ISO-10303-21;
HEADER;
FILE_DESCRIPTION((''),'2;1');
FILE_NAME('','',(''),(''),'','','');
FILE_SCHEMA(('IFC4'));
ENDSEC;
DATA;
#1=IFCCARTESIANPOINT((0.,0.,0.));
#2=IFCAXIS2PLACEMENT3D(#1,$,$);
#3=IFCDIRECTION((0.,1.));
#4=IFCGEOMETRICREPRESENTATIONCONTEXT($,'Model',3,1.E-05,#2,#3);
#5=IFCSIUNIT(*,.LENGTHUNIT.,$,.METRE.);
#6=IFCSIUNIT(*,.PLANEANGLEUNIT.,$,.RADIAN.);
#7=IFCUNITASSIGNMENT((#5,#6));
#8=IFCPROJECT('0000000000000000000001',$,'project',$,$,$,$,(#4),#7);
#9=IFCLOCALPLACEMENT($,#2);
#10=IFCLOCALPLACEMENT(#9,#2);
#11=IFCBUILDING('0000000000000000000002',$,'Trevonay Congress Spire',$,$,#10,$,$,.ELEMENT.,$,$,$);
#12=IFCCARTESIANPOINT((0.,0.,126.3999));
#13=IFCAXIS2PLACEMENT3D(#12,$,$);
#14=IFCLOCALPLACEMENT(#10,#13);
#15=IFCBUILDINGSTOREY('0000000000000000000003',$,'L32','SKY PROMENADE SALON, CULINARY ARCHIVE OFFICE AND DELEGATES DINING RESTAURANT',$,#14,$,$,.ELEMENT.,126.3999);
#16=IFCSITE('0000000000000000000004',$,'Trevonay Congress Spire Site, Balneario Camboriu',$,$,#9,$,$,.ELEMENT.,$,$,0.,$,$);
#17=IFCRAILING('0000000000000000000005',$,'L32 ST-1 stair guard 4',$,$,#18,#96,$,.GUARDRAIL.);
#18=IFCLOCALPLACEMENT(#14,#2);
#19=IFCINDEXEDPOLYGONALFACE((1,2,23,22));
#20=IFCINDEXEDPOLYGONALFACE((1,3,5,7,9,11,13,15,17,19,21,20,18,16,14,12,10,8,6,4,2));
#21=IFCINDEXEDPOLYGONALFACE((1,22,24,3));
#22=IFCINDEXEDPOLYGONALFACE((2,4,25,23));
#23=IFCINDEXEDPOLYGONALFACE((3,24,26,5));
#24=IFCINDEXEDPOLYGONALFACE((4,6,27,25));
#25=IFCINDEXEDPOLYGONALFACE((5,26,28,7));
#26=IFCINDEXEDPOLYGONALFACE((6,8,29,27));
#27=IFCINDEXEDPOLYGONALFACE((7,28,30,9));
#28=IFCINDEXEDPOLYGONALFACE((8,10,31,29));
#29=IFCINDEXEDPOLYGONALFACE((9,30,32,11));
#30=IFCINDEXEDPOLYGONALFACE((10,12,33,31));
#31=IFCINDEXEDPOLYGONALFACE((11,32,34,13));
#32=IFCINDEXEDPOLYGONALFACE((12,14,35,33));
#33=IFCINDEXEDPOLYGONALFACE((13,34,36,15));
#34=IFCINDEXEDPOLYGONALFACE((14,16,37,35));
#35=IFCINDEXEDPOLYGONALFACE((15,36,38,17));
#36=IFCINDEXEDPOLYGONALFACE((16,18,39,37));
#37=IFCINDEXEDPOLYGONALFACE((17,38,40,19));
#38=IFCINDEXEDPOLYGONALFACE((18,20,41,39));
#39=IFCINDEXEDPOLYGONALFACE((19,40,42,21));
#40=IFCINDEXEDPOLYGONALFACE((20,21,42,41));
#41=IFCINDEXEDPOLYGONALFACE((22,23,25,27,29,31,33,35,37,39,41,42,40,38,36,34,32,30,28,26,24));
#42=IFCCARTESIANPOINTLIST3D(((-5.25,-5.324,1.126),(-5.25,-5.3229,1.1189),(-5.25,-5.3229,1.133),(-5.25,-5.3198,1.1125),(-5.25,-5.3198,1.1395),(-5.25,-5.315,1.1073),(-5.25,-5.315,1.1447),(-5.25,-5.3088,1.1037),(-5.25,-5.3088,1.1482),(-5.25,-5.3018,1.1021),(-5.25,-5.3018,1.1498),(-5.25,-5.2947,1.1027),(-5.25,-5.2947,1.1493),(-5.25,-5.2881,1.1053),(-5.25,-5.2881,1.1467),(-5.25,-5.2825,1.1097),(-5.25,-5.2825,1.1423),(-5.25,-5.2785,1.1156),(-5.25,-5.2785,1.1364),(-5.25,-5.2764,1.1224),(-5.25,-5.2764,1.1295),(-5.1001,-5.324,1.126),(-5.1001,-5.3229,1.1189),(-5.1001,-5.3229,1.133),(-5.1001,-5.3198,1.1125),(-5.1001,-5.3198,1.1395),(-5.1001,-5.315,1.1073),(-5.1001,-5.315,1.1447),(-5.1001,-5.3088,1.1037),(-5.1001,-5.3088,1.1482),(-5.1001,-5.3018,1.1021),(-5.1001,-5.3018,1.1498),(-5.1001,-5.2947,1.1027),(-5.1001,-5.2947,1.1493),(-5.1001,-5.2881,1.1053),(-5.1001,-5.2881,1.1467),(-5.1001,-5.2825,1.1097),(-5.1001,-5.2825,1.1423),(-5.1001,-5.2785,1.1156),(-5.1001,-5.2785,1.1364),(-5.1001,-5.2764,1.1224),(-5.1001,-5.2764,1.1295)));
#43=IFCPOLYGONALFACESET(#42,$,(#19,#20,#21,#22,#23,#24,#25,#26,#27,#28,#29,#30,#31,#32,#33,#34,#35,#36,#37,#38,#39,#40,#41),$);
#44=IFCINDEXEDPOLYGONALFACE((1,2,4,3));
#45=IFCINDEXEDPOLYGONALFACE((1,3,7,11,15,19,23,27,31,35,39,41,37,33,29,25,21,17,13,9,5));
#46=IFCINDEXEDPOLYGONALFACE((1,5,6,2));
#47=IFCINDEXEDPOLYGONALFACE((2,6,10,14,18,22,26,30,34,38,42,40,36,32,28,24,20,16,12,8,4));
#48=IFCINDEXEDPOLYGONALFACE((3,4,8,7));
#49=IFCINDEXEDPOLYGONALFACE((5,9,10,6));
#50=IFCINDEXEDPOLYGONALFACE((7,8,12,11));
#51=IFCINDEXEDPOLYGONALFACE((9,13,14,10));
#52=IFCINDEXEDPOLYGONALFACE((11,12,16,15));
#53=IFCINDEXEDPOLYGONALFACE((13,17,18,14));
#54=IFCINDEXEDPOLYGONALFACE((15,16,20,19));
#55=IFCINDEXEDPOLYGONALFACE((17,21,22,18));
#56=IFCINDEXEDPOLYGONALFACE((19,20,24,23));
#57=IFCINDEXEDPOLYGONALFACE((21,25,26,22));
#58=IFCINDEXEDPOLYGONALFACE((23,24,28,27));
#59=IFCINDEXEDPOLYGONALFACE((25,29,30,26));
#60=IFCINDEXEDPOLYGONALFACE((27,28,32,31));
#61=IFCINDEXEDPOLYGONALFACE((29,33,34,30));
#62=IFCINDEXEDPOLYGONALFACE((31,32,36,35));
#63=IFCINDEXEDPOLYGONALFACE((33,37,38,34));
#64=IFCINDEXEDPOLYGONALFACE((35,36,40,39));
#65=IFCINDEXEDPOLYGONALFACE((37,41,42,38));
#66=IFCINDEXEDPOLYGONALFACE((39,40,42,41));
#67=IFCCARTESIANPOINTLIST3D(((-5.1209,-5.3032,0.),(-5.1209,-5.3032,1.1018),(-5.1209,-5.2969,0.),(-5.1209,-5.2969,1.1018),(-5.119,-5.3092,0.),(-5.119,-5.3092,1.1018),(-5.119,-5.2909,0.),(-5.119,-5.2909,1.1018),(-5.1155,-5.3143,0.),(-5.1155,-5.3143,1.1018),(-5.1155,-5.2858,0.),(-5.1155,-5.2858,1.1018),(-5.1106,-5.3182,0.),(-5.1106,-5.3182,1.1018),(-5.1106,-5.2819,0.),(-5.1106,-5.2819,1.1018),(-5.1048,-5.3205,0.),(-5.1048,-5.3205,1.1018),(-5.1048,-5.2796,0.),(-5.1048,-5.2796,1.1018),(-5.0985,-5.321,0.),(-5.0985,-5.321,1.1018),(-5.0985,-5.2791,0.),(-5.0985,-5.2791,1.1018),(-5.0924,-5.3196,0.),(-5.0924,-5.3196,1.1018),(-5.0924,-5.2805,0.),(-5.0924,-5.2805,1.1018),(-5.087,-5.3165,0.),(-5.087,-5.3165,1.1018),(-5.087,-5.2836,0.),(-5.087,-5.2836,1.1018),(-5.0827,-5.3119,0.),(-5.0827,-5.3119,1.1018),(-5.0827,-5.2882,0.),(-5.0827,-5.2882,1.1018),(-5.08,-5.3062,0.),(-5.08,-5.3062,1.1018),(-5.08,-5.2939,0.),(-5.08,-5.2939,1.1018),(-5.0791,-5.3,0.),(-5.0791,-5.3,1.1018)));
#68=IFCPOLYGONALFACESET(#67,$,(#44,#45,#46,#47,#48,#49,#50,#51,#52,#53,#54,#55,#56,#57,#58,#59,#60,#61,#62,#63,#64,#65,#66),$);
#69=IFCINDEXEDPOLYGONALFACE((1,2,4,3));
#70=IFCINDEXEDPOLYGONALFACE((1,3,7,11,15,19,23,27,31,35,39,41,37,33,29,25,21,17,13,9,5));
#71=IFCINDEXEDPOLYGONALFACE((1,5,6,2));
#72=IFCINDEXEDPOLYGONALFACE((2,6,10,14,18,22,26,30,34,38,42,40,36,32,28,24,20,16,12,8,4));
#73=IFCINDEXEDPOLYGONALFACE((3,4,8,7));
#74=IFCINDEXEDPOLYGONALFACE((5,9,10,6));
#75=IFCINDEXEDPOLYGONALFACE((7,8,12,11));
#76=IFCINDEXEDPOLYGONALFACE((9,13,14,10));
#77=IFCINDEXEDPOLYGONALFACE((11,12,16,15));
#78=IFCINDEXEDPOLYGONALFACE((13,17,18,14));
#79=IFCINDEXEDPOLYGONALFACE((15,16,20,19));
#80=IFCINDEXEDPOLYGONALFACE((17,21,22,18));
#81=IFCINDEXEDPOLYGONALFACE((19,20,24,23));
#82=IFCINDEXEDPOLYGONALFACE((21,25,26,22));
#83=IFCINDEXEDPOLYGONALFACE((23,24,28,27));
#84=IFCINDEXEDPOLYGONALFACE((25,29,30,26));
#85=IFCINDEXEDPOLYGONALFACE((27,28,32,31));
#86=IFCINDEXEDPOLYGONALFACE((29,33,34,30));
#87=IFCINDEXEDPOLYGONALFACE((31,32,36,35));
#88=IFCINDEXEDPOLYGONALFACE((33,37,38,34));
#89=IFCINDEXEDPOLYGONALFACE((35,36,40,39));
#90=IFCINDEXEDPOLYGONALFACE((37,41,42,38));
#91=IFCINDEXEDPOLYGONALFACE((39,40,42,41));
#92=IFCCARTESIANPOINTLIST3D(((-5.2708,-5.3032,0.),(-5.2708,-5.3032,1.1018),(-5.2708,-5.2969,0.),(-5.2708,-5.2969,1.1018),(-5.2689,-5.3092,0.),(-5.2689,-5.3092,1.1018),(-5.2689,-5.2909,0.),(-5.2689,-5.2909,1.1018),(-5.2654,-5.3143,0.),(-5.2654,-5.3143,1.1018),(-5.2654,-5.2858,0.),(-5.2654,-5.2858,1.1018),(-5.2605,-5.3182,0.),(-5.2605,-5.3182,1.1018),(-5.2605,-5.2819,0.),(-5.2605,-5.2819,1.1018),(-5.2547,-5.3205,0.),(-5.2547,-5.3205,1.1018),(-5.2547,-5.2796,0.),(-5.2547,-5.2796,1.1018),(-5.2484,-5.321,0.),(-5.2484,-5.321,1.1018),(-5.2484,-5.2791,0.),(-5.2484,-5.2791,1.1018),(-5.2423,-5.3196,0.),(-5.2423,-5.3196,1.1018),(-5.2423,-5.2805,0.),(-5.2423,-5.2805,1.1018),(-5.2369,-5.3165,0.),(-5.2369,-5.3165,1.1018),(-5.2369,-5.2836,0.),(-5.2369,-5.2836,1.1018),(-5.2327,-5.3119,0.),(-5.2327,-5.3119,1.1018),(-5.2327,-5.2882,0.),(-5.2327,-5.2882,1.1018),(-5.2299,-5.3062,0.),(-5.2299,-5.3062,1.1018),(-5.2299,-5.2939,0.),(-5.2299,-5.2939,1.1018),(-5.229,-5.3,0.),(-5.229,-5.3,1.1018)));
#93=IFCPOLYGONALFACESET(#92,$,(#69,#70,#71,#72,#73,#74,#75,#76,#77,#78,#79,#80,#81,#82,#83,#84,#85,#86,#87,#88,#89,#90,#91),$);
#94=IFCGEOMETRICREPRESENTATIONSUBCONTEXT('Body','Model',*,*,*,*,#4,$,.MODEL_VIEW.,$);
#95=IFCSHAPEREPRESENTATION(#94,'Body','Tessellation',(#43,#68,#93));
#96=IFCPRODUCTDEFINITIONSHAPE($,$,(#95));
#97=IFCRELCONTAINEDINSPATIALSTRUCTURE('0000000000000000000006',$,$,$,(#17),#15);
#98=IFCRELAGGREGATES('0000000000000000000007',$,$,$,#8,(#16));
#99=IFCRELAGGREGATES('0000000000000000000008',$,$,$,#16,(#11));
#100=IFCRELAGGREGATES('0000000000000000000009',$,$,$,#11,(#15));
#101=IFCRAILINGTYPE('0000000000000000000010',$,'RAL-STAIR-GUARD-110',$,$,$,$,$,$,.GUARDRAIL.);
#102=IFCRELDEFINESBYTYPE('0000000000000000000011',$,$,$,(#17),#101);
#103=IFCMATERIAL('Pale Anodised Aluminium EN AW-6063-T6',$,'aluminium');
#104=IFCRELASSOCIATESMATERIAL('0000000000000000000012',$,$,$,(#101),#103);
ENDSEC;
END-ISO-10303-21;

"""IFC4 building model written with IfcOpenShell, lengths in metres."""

from ifc_helpers import new_model, si_unit, direction, frame, origin, origin_2d, place, context, subcontext, project, spatial, circle, extrude, material, type_object, element, save


model = new_model("IFC4")

# Units and contexts
model_context = context("Model", 3, precision=1e-05, world=origin(), true_north=direction((0.0, 1.0)))
body_context = subcontext(model_context, "Body", "Model", "MODEL_VIEW")
ifc_project = project(units=[si_unit("LENGTHUNIT", "METRE"), si_unit("PLANEANGLEUNIT", "RADIAN")], contexts=[model_context])

# Site, building, storey
site_placement = place(None, origin())
site = spatial("IfcSite", under=ifc_project, at=site_placement, Name="Trevonay Congress Spire Site, Balneario Camboriu", CompositionType="ELEMENT", RefElevation=0.0)
building_placement = place(site_placement, origin())
building = spatial("IfcBuilding", under=site, at=building_placement, Name="Trevonay Congress Spire", CompositionType="ELEMENT")
storey_placement = place(building_placement, frame((0.0, 0.0, 126.3999)))
storey = spatial("IfcBuildingStorey", under=building, at=storey_placement, Name="L32", Description="SKY PROMENADE SALON, CULINARY ARCHIVE OFFICE AND DELEGATES DINING RESTAURANT", CompositionType="ELEMENT", Elevation=126.3999)

# Shared definitions
ifc_material_1 = material(Name="Pale Anodised Aluminium EN AW-6063-T6", Category="aluminium")

# Railing
railing_type_1 = type_object("IfcRailingType", Name="RAL-STAIR-GUARD-110", PredefinedType="GUARDRAIL", material=ifc_material_1)
railing_1_placement = place(storey_placement, frame((-5.1001, -5.3, 0.0)))
element("IfcRailing", 1, at=railing_1_placement, inside=storey, type_object=railing_type_1, Name="L32 ST-1 stair guard 4", PredefinedType="GUARDRAIL", context=body_context, shape_type="SweptSolid", body=[
    extrude(circle(Radius=0.0239, at=origin_2d()), frame((0.0, 0.0, 1.126), z_axis=(-1.0, 0.0, 0.0), x_axis=(0.0, -1.0, 0.0)), (0.0, 0.0, 1.0), 0.1499),
    extrude(circle(Radius=0.021, at=origin_2d()), origin(), (0.0, 0.0, 1.0), 1.1018),
    extrude(circle(Radius=0.021, at=origin_2d()), frame((-0.1499, 0.0, 0.0)), (0.0, 0.0, 1.0), 1.1018),
])

save(model, "model.ifc")
